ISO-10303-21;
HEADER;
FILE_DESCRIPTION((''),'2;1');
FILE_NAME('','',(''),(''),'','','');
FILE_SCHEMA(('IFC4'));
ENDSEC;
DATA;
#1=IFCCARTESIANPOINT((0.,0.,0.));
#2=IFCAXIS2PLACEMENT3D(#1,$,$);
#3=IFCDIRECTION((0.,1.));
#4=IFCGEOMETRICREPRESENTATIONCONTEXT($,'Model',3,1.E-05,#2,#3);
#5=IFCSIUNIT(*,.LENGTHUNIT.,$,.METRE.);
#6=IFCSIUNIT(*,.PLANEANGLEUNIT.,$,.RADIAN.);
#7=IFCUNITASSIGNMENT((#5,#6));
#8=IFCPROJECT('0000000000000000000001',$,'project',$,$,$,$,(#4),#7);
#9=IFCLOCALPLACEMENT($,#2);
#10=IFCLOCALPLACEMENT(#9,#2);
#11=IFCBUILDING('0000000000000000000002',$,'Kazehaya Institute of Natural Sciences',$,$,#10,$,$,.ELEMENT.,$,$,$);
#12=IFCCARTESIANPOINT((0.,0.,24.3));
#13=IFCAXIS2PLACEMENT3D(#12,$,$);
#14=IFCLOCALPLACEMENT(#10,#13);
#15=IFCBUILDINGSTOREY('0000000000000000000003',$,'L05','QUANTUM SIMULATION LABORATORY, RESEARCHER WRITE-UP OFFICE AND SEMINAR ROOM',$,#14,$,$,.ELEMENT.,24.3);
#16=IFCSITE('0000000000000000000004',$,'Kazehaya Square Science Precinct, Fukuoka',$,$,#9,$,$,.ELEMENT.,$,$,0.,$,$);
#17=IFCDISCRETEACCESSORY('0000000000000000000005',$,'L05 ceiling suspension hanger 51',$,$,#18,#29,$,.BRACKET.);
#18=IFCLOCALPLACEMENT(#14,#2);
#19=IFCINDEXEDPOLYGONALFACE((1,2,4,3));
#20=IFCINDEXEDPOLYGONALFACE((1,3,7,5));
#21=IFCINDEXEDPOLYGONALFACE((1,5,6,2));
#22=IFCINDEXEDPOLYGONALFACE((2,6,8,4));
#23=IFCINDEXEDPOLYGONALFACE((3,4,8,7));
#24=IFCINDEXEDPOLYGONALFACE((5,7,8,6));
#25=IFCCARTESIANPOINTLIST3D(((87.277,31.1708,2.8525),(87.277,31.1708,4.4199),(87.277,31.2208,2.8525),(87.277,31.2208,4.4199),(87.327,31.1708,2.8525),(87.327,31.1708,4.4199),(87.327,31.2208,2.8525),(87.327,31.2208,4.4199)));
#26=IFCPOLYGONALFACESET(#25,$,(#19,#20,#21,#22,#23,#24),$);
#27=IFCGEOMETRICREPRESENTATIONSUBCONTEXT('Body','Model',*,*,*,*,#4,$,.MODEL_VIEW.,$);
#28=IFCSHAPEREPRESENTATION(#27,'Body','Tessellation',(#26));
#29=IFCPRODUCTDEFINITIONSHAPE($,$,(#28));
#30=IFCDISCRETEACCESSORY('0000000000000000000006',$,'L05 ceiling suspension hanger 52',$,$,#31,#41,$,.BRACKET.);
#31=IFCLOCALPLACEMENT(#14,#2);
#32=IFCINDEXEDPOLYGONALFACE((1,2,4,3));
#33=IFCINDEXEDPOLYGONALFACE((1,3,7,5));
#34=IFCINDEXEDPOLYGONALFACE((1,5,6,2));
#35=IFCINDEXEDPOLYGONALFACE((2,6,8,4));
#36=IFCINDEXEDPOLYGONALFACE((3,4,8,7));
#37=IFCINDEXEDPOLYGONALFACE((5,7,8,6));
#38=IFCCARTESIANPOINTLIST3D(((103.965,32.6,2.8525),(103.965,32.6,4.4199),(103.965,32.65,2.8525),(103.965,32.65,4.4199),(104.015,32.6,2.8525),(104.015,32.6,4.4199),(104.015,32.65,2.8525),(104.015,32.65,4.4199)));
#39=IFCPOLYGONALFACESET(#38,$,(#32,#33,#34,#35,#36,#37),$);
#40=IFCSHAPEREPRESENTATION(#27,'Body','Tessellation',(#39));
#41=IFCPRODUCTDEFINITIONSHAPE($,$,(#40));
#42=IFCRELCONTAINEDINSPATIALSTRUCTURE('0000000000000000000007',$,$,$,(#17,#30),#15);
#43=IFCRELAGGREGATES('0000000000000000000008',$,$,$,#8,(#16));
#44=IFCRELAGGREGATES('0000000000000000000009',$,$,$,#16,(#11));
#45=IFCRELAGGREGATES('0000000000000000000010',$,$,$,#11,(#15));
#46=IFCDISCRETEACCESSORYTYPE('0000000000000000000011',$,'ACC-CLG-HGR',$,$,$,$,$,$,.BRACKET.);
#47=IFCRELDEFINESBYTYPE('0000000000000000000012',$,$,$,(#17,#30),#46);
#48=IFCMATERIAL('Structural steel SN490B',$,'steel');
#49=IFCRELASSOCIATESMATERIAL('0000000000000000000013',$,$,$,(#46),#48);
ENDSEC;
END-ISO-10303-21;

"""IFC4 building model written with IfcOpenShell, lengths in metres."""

from ifc_helpers import new_model, si_unit, direction, frame, origin, origin_2d, place, context, subcontext, project, spatial, rectangle, extrude, material, type_object, element, save


model = new_model("IFC4")

# Units and contexts
model_context = context("Model", 3, precision=1e-05, world=origin(), true_north=direction((0.0, 1.0)))
body_context = subcontext(model_context, "Body", "Model", "MODEL_VIEW")
ifc_project = project(units=[si_unit("LENGTHUNIT", "METRE"), si_unit("PLANEANGLEUNIT", "RADIAN")], contexts=[model_context])

# Site, building, storey
site_placement = place(None, origin())
site = spatial("IfcSite", under=ifc_project, at=site_placement, Name="Kazehaya Square Science Precinct, Fukuoka", CompositionType="ELEMENT", RefElevation=0.0)
building_placement = place(site_placement, origin())
building = spatial("IfcBuilding", under=site, at=building_placement, Name="Kazehaya Institute of Natural Sciences", CompositionType="ELEMENT")
storey_placement = place(building_placement, frame((0.0, 0.0, 24.3)))
storey = spatial("IfcBuildingStorey", under=building, at=storey_placement, Name="L05", Description="QUANTUM SIMULATION LABORATORY, RESEARCHER WRITE-UP OFFICE AND SEMINAR ROOM", CompositionType="ELEMENT", Elevation=24.3)

# Discrete accessories
ifc_material_1 = material(Name="Structural steel SN490B", Category="steel")
discrete_accessory_type = type_object("IfcDiscreteAccessoryType", Name="ACC-CLG-HGR", PredefinedType="BRACKET", material=ifc_material_1)
for number, where, z_axis, x_axis, name in (
    (1, (87.302, 31.1958, 2.8525), (0.0, 0.0, 1.0), (1.0, 0.0, 0.0), "L05 ceiling suspension hanger 51"),
    (2, (103.99, 32.625, 2.8525), (0.0, 0.0, 1.0), (1.0, 0.0, 0.0), "L05 ceiling suspension hanger 52"),
):
    element("IfcDiscreteAccessory", number, at=place(storey_placement, frame(where, z_axis=z_axis, x_axis=x_axis)), inside=storey, type_object=discrete_accessory_type, Name=name, PredefinedType="BRACKET", context=body_context, shape_type="SweptSolid", body=[
        extrude(rectangle(XDim=0.05, YDim=0.05, at=origin_2d()), origin(), (0.0, 0.0, 1.0), 1.5674),
    ])

save(model, "model.ifc")
